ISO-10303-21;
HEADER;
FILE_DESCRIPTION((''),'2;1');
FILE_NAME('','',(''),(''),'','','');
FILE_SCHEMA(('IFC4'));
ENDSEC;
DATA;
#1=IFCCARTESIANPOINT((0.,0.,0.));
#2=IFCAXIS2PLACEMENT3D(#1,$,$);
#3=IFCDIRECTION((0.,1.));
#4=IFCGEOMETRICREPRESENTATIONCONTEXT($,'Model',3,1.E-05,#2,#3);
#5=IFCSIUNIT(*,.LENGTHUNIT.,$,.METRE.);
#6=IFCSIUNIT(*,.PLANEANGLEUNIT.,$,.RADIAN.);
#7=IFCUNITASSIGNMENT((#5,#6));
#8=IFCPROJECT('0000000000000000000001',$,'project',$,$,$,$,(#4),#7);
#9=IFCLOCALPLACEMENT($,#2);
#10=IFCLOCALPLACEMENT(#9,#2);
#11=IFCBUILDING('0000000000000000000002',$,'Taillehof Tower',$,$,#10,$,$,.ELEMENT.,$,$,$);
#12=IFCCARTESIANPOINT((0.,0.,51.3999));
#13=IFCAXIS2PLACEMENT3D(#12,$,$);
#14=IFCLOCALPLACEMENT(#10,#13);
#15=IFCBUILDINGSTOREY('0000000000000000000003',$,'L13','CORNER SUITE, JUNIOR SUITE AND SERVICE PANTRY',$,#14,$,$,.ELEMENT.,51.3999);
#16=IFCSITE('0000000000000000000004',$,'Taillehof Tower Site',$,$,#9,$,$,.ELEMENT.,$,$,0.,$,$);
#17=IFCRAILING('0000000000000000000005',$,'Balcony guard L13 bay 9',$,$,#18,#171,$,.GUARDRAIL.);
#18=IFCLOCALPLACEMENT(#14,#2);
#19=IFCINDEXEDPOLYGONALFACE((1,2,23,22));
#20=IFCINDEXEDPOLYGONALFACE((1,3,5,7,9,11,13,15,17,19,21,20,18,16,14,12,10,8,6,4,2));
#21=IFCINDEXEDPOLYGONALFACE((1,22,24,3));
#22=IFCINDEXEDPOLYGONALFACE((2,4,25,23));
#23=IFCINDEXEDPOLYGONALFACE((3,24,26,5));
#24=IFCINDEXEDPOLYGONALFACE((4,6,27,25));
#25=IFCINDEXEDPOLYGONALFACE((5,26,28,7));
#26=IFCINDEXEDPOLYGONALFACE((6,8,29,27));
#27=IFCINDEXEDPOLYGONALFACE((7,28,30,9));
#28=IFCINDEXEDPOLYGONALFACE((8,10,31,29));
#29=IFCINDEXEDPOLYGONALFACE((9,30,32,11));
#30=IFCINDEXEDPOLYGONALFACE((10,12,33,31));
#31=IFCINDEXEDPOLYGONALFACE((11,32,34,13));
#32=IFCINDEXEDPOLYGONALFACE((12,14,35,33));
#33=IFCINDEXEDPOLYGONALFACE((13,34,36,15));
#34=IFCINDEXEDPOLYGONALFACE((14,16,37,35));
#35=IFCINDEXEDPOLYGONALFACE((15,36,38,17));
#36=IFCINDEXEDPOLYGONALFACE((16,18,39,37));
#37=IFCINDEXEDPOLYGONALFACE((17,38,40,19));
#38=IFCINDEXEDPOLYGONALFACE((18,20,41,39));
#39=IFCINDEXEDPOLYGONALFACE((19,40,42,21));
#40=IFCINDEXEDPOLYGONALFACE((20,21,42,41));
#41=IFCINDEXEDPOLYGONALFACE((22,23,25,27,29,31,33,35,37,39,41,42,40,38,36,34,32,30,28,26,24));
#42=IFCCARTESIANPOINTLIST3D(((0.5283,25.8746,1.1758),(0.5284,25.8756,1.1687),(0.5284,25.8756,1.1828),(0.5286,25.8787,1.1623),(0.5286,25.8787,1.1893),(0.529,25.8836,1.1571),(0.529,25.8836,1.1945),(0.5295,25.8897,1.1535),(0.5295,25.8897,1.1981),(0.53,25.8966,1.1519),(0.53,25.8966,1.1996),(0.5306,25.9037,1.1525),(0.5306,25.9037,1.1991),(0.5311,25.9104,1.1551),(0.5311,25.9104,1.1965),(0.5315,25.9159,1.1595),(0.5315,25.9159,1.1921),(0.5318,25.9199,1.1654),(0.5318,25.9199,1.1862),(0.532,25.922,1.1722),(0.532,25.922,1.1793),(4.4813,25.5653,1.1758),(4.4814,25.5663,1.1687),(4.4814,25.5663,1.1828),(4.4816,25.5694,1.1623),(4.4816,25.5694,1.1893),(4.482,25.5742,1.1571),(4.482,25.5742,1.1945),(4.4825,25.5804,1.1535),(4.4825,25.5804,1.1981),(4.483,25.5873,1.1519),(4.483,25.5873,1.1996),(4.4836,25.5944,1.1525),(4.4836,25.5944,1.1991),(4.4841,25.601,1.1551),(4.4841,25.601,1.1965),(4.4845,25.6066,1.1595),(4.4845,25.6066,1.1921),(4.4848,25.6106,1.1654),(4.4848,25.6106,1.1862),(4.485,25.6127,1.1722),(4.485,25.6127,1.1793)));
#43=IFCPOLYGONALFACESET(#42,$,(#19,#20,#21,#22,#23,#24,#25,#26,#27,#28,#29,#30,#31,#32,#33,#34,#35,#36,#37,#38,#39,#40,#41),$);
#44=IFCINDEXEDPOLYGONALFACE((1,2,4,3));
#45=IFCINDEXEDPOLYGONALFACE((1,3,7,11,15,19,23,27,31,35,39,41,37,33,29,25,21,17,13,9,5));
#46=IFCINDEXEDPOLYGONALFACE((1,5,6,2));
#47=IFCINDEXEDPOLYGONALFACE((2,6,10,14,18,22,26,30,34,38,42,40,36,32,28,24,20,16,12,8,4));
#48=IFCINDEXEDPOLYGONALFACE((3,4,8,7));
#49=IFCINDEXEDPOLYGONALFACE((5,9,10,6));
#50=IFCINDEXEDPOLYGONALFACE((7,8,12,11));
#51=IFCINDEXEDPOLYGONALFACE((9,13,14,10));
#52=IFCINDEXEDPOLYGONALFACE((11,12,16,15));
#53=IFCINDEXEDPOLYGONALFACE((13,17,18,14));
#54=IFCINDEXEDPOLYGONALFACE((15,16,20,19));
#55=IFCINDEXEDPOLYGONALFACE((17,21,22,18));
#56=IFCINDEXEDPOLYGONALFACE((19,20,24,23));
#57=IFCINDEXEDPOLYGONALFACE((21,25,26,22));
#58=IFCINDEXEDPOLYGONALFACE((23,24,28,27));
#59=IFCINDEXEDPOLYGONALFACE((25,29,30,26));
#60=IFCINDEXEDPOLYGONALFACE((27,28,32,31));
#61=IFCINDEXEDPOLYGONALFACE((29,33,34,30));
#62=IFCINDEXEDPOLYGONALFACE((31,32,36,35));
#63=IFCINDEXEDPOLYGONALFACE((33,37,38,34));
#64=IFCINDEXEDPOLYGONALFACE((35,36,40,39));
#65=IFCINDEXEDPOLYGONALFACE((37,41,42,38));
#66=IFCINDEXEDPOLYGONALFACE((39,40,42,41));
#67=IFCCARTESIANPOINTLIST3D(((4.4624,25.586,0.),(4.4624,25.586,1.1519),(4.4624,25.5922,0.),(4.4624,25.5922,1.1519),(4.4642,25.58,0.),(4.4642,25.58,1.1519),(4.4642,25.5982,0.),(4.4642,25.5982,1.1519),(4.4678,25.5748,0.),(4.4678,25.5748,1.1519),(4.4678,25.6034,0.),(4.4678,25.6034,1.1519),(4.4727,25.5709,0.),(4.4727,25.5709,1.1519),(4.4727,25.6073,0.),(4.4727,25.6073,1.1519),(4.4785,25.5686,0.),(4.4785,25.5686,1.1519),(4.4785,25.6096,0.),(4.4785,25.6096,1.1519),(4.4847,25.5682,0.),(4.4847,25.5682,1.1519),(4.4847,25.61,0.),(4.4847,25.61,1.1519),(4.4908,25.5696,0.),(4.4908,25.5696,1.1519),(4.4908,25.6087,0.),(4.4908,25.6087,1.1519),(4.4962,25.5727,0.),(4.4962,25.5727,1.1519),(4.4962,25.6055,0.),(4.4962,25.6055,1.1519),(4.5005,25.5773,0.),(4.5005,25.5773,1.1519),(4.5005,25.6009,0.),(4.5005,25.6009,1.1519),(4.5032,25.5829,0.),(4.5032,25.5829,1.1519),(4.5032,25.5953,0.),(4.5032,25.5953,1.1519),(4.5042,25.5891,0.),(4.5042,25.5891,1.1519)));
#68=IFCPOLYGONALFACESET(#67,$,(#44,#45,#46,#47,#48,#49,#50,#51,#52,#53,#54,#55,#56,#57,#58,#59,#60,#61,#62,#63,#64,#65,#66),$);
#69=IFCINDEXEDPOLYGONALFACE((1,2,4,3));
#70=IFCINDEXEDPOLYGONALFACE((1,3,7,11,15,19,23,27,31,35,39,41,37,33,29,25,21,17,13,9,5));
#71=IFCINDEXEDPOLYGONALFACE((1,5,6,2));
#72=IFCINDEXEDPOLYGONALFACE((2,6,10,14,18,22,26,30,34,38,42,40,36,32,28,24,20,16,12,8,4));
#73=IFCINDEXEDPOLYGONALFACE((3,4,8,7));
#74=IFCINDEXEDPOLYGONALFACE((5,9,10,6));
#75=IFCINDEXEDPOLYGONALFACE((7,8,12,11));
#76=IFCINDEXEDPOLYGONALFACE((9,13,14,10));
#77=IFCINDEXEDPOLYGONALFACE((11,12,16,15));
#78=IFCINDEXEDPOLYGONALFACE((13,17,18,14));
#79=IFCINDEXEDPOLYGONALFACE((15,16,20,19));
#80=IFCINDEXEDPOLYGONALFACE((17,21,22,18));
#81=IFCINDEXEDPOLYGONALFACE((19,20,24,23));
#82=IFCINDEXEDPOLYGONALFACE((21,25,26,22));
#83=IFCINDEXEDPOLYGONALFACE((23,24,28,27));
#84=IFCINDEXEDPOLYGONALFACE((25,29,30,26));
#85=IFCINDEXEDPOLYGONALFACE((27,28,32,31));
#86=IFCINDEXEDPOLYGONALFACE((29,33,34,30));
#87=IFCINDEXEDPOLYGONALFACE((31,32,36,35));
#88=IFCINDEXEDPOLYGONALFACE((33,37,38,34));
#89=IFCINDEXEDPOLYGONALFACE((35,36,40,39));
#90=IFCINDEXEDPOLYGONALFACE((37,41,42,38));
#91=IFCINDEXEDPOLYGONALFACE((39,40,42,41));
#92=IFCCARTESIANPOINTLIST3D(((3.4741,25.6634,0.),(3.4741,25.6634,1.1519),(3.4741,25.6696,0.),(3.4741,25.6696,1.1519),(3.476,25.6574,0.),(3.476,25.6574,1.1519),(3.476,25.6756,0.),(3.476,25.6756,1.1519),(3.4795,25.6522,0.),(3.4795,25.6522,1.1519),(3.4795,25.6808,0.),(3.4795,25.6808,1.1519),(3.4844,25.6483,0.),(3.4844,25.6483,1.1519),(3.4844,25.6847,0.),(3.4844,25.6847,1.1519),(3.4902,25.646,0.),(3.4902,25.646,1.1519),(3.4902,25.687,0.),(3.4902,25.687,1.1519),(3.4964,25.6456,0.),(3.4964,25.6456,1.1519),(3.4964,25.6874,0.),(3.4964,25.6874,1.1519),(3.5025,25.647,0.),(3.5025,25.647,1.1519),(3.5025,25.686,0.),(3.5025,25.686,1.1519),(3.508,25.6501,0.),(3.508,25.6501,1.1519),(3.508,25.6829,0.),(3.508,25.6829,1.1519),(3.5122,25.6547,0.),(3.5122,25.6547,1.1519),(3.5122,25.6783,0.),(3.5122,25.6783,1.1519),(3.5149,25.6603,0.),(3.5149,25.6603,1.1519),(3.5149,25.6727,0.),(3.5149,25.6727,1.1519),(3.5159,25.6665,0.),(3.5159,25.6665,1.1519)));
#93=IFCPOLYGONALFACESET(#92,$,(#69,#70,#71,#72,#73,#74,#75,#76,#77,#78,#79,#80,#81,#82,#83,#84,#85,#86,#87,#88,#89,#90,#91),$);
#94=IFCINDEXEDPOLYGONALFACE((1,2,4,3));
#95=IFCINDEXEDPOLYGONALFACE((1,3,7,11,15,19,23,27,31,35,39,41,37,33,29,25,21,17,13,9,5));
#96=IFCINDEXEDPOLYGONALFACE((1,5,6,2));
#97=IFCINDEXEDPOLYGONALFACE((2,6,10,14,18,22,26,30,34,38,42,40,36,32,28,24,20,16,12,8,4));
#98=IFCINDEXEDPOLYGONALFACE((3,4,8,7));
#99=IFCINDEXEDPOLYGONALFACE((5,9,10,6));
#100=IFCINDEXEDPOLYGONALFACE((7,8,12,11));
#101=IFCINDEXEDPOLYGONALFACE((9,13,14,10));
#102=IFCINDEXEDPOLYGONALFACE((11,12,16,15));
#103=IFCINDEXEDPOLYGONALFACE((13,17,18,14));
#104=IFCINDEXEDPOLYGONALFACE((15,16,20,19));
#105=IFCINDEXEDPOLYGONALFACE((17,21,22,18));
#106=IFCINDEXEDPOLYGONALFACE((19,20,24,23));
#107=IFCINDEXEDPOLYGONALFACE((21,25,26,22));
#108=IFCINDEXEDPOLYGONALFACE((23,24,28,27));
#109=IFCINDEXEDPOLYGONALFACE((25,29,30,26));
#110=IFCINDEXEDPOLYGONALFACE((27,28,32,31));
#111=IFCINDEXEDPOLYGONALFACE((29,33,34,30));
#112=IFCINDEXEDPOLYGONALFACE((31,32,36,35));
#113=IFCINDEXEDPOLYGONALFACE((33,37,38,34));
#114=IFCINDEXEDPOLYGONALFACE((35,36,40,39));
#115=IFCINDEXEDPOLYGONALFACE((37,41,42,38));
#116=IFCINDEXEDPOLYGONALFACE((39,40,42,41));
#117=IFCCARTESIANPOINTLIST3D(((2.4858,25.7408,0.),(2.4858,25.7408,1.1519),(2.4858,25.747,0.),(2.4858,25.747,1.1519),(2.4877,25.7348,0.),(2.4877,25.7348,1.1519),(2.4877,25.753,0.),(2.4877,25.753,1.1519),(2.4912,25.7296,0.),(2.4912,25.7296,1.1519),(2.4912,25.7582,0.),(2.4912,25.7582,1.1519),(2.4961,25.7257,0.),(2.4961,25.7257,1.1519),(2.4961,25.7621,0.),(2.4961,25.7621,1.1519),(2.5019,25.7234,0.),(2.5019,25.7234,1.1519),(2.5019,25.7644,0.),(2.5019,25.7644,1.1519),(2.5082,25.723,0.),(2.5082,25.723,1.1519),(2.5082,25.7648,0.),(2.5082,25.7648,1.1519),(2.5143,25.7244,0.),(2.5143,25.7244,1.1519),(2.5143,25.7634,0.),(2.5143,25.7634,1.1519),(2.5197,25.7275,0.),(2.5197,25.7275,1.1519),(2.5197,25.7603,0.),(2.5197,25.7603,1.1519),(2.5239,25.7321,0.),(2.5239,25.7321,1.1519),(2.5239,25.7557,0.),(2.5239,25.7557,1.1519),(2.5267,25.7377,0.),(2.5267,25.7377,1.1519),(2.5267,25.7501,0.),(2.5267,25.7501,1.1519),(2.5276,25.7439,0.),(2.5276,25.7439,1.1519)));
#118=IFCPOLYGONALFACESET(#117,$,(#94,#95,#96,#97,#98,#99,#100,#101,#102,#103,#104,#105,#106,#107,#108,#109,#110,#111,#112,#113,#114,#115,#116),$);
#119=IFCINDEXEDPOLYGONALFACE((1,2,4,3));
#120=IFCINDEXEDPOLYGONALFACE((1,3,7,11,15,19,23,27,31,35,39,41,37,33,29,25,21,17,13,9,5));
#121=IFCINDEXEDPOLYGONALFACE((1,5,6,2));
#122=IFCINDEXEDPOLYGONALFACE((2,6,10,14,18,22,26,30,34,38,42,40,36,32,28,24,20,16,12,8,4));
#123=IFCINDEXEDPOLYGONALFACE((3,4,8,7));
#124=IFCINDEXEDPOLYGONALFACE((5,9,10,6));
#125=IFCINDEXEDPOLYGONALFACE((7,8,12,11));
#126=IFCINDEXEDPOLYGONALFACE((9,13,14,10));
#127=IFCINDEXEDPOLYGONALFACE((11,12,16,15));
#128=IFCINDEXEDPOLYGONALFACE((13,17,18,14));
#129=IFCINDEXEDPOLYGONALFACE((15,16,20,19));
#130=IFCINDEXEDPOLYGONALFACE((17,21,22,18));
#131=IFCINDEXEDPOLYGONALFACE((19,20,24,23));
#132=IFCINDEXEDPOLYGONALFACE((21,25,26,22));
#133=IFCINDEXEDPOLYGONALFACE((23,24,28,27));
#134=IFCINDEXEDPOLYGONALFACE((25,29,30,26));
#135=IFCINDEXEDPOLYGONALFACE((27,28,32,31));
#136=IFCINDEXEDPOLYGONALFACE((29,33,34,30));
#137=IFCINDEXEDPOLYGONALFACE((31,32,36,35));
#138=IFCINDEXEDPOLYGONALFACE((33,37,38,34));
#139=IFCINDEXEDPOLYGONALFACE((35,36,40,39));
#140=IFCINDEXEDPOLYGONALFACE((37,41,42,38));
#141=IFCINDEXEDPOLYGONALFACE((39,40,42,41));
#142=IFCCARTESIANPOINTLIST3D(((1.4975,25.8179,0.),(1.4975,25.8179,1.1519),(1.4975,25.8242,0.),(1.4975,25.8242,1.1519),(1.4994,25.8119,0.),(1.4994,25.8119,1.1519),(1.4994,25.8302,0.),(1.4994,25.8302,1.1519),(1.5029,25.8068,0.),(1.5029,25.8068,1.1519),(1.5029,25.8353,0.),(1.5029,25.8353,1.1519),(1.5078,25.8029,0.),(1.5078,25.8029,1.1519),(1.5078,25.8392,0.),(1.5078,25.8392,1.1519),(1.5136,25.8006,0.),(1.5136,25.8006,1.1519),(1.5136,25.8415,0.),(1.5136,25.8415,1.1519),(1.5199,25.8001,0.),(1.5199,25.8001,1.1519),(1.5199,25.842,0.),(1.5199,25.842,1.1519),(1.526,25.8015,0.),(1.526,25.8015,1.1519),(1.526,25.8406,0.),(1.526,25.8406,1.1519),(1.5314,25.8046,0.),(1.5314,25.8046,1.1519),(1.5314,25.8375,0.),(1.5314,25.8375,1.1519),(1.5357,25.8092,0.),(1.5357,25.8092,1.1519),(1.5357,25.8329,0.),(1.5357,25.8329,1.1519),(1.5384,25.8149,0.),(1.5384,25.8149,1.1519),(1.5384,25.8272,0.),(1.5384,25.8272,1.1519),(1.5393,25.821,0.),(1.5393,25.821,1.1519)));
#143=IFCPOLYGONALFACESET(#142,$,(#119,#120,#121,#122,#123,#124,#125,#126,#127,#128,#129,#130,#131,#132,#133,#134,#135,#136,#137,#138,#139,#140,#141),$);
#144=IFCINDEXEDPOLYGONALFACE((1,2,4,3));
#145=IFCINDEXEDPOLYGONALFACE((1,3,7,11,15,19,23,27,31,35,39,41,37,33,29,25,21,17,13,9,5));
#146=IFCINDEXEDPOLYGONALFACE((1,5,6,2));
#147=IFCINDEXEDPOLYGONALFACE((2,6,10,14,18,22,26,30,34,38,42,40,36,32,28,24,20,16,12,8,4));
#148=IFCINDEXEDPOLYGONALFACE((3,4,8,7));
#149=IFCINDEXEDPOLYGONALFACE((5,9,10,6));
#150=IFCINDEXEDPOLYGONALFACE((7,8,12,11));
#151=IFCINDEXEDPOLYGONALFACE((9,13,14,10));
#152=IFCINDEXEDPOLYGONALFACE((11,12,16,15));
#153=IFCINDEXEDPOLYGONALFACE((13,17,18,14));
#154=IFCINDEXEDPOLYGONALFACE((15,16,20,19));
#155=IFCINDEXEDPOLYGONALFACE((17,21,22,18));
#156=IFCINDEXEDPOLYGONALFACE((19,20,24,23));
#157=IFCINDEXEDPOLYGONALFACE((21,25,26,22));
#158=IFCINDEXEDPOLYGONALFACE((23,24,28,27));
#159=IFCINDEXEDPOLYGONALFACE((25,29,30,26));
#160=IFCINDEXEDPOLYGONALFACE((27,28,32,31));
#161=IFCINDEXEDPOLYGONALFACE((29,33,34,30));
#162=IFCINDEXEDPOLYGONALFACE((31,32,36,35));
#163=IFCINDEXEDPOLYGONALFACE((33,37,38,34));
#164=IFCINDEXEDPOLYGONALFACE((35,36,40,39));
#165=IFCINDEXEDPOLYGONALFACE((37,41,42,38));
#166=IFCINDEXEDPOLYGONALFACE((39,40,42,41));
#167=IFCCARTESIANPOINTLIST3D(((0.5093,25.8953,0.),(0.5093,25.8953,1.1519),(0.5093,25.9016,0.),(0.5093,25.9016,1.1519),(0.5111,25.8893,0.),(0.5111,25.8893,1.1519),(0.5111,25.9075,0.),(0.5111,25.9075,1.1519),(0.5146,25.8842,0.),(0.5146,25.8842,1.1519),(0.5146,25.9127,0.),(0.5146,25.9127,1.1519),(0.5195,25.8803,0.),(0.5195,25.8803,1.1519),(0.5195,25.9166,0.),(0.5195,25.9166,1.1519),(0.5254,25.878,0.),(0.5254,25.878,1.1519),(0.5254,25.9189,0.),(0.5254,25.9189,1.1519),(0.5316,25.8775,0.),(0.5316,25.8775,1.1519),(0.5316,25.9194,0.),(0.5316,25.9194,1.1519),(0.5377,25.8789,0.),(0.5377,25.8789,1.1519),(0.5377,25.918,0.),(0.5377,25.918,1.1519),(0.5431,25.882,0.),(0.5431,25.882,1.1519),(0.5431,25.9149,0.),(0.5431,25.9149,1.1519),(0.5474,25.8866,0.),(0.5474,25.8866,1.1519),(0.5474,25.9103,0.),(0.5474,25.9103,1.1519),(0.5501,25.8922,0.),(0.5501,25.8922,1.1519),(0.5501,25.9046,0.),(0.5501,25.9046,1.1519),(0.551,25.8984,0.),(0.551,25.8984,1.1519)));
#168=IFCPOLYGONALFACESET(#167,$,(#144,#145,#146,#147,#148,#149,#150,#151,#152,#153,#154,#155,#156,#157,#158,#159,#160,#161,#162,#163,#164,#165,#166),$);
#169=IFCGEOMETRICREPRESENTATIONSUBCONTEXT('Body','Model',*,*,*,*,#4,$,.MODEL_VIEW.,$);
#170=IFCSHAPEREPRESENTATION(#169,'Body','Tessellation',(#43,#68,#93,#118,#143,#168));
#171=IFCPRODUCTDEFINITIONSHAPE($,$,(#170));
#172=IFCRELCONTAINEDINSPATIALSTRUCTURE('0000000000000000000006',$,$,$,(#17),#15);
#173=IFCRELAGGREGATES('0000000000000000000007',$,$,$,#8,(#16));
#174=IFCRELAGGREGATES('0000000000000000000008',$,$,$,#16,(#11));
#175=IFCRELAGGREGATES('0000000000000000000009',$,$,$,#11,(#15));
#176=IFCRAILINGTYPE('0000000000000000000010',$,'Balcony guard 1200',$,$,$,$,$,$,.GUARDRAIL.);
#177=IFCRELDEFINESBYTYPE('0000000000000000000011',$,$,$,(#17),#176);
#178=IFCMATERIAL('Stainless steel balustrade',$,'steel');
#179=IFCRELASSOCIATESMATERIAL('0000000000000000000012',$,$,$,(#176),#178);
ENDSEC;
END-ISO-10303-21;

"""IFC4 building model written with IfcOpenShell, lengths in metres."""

from ifc_helpers import new_model, si_unit, direction, frame, origin, origin_2d, place, context, subcontext, project, spatial, circle, extrude, material, type_object, element, save


model = new_model("IFC4")

# Units and contexts
model_context = context("Model", 3, precision=1e-05, world=origin(), true_north=direction((0.0, 1.0)))
body_context = subcontext(model_context, "Body", "Model", "MODEL_VIEW")
ifc_project = project(units=[si_unit("LENGTHUNIT", "METRE"), si_unit("PLANEANGLEUNIT", "RADIAN")], contexts=[model_context])

# Site, building, storey
site_placement = place(None, origin())
site = spatial("IfcSite", under=ifc_project, at=site_placement, Name="Taillehof Tower Site", CompositionType="ELEMENT", RefElevation=0.0)
building_placement = place(site_placement, origin())
building = spatial("IfcBuilding", under=site, at=building_placement, Name="Taillehof Tower", CompositionType="ELEMENT")
storey_placement = place(building_placement, frame((0.0, 0.0, 51.3999)))
storey = spatial("IfcBuildingStorey", under=building, at=storey_placement, Name="L13", Description="CORNER SUITE, JUNIOR SUITE AND SERVICE PANTRY", CompositionType="ELEMENT", Elevation=51.3999)

# Railing
ifc_material_1 = material(Name="Stainless steel balustrade", Category="steel")
railing_type = type_object("IfcRailingType", Name="Balcony guard 1200", PredefinedType="GUARDRAIL", material=ifc_material_1)
railing_1_placement = place(storey_placement, frame((4.4832, 25.5891, 0.0)))
element("IfcRailing", 1, at=railing_1_placement, inside=storey, type_object=railing_type, Name="Balcony guard L13 bay 9", PredefinedType="GUARDRAIL", context=body_context, shape_type="SweptSolid", body=[
    extrude(circle(Radius=0.0239, at=origin_2d()), frame((0.0, 0.0, 1.1758), z_axis=(-0.996953, 0.07801, 0.0), x_axis=(-0.07801, -0.996953, 0.0)), (0.0, 0.0, 1.0), 3.9651),
    extrude(circle(Radius=0.021, at=origin_2d()), origin(), (0.0, 0.0, 1.0), 1.1519),
    extrude(circle(Radius=0.021, at=origin_2d()), frame((-0.9883, 0.0774, 0.0)), (0.0, 0.0, 1.0), 1.1519),
    extrude(circle(Radius=0.021, at=origin_2d()), frame((-1.9766, 0.1548, 0.0)), (0.0, 0.0, 1.0), 1.1519),
    extrude(circle(Radius=0.021, at=origin_2d()), frame((-2.9648, 0.2319, 0.0)), (0.0, 0.0, 1.0), 1.1519),
    extrude(circle(Radius=0.021, at=origin_2d()), frame((-3.9531, 0.3093, 0.0)), (0.0, 0.0, 1.0), 1.1519),
])

save(model, "model.ifc")
